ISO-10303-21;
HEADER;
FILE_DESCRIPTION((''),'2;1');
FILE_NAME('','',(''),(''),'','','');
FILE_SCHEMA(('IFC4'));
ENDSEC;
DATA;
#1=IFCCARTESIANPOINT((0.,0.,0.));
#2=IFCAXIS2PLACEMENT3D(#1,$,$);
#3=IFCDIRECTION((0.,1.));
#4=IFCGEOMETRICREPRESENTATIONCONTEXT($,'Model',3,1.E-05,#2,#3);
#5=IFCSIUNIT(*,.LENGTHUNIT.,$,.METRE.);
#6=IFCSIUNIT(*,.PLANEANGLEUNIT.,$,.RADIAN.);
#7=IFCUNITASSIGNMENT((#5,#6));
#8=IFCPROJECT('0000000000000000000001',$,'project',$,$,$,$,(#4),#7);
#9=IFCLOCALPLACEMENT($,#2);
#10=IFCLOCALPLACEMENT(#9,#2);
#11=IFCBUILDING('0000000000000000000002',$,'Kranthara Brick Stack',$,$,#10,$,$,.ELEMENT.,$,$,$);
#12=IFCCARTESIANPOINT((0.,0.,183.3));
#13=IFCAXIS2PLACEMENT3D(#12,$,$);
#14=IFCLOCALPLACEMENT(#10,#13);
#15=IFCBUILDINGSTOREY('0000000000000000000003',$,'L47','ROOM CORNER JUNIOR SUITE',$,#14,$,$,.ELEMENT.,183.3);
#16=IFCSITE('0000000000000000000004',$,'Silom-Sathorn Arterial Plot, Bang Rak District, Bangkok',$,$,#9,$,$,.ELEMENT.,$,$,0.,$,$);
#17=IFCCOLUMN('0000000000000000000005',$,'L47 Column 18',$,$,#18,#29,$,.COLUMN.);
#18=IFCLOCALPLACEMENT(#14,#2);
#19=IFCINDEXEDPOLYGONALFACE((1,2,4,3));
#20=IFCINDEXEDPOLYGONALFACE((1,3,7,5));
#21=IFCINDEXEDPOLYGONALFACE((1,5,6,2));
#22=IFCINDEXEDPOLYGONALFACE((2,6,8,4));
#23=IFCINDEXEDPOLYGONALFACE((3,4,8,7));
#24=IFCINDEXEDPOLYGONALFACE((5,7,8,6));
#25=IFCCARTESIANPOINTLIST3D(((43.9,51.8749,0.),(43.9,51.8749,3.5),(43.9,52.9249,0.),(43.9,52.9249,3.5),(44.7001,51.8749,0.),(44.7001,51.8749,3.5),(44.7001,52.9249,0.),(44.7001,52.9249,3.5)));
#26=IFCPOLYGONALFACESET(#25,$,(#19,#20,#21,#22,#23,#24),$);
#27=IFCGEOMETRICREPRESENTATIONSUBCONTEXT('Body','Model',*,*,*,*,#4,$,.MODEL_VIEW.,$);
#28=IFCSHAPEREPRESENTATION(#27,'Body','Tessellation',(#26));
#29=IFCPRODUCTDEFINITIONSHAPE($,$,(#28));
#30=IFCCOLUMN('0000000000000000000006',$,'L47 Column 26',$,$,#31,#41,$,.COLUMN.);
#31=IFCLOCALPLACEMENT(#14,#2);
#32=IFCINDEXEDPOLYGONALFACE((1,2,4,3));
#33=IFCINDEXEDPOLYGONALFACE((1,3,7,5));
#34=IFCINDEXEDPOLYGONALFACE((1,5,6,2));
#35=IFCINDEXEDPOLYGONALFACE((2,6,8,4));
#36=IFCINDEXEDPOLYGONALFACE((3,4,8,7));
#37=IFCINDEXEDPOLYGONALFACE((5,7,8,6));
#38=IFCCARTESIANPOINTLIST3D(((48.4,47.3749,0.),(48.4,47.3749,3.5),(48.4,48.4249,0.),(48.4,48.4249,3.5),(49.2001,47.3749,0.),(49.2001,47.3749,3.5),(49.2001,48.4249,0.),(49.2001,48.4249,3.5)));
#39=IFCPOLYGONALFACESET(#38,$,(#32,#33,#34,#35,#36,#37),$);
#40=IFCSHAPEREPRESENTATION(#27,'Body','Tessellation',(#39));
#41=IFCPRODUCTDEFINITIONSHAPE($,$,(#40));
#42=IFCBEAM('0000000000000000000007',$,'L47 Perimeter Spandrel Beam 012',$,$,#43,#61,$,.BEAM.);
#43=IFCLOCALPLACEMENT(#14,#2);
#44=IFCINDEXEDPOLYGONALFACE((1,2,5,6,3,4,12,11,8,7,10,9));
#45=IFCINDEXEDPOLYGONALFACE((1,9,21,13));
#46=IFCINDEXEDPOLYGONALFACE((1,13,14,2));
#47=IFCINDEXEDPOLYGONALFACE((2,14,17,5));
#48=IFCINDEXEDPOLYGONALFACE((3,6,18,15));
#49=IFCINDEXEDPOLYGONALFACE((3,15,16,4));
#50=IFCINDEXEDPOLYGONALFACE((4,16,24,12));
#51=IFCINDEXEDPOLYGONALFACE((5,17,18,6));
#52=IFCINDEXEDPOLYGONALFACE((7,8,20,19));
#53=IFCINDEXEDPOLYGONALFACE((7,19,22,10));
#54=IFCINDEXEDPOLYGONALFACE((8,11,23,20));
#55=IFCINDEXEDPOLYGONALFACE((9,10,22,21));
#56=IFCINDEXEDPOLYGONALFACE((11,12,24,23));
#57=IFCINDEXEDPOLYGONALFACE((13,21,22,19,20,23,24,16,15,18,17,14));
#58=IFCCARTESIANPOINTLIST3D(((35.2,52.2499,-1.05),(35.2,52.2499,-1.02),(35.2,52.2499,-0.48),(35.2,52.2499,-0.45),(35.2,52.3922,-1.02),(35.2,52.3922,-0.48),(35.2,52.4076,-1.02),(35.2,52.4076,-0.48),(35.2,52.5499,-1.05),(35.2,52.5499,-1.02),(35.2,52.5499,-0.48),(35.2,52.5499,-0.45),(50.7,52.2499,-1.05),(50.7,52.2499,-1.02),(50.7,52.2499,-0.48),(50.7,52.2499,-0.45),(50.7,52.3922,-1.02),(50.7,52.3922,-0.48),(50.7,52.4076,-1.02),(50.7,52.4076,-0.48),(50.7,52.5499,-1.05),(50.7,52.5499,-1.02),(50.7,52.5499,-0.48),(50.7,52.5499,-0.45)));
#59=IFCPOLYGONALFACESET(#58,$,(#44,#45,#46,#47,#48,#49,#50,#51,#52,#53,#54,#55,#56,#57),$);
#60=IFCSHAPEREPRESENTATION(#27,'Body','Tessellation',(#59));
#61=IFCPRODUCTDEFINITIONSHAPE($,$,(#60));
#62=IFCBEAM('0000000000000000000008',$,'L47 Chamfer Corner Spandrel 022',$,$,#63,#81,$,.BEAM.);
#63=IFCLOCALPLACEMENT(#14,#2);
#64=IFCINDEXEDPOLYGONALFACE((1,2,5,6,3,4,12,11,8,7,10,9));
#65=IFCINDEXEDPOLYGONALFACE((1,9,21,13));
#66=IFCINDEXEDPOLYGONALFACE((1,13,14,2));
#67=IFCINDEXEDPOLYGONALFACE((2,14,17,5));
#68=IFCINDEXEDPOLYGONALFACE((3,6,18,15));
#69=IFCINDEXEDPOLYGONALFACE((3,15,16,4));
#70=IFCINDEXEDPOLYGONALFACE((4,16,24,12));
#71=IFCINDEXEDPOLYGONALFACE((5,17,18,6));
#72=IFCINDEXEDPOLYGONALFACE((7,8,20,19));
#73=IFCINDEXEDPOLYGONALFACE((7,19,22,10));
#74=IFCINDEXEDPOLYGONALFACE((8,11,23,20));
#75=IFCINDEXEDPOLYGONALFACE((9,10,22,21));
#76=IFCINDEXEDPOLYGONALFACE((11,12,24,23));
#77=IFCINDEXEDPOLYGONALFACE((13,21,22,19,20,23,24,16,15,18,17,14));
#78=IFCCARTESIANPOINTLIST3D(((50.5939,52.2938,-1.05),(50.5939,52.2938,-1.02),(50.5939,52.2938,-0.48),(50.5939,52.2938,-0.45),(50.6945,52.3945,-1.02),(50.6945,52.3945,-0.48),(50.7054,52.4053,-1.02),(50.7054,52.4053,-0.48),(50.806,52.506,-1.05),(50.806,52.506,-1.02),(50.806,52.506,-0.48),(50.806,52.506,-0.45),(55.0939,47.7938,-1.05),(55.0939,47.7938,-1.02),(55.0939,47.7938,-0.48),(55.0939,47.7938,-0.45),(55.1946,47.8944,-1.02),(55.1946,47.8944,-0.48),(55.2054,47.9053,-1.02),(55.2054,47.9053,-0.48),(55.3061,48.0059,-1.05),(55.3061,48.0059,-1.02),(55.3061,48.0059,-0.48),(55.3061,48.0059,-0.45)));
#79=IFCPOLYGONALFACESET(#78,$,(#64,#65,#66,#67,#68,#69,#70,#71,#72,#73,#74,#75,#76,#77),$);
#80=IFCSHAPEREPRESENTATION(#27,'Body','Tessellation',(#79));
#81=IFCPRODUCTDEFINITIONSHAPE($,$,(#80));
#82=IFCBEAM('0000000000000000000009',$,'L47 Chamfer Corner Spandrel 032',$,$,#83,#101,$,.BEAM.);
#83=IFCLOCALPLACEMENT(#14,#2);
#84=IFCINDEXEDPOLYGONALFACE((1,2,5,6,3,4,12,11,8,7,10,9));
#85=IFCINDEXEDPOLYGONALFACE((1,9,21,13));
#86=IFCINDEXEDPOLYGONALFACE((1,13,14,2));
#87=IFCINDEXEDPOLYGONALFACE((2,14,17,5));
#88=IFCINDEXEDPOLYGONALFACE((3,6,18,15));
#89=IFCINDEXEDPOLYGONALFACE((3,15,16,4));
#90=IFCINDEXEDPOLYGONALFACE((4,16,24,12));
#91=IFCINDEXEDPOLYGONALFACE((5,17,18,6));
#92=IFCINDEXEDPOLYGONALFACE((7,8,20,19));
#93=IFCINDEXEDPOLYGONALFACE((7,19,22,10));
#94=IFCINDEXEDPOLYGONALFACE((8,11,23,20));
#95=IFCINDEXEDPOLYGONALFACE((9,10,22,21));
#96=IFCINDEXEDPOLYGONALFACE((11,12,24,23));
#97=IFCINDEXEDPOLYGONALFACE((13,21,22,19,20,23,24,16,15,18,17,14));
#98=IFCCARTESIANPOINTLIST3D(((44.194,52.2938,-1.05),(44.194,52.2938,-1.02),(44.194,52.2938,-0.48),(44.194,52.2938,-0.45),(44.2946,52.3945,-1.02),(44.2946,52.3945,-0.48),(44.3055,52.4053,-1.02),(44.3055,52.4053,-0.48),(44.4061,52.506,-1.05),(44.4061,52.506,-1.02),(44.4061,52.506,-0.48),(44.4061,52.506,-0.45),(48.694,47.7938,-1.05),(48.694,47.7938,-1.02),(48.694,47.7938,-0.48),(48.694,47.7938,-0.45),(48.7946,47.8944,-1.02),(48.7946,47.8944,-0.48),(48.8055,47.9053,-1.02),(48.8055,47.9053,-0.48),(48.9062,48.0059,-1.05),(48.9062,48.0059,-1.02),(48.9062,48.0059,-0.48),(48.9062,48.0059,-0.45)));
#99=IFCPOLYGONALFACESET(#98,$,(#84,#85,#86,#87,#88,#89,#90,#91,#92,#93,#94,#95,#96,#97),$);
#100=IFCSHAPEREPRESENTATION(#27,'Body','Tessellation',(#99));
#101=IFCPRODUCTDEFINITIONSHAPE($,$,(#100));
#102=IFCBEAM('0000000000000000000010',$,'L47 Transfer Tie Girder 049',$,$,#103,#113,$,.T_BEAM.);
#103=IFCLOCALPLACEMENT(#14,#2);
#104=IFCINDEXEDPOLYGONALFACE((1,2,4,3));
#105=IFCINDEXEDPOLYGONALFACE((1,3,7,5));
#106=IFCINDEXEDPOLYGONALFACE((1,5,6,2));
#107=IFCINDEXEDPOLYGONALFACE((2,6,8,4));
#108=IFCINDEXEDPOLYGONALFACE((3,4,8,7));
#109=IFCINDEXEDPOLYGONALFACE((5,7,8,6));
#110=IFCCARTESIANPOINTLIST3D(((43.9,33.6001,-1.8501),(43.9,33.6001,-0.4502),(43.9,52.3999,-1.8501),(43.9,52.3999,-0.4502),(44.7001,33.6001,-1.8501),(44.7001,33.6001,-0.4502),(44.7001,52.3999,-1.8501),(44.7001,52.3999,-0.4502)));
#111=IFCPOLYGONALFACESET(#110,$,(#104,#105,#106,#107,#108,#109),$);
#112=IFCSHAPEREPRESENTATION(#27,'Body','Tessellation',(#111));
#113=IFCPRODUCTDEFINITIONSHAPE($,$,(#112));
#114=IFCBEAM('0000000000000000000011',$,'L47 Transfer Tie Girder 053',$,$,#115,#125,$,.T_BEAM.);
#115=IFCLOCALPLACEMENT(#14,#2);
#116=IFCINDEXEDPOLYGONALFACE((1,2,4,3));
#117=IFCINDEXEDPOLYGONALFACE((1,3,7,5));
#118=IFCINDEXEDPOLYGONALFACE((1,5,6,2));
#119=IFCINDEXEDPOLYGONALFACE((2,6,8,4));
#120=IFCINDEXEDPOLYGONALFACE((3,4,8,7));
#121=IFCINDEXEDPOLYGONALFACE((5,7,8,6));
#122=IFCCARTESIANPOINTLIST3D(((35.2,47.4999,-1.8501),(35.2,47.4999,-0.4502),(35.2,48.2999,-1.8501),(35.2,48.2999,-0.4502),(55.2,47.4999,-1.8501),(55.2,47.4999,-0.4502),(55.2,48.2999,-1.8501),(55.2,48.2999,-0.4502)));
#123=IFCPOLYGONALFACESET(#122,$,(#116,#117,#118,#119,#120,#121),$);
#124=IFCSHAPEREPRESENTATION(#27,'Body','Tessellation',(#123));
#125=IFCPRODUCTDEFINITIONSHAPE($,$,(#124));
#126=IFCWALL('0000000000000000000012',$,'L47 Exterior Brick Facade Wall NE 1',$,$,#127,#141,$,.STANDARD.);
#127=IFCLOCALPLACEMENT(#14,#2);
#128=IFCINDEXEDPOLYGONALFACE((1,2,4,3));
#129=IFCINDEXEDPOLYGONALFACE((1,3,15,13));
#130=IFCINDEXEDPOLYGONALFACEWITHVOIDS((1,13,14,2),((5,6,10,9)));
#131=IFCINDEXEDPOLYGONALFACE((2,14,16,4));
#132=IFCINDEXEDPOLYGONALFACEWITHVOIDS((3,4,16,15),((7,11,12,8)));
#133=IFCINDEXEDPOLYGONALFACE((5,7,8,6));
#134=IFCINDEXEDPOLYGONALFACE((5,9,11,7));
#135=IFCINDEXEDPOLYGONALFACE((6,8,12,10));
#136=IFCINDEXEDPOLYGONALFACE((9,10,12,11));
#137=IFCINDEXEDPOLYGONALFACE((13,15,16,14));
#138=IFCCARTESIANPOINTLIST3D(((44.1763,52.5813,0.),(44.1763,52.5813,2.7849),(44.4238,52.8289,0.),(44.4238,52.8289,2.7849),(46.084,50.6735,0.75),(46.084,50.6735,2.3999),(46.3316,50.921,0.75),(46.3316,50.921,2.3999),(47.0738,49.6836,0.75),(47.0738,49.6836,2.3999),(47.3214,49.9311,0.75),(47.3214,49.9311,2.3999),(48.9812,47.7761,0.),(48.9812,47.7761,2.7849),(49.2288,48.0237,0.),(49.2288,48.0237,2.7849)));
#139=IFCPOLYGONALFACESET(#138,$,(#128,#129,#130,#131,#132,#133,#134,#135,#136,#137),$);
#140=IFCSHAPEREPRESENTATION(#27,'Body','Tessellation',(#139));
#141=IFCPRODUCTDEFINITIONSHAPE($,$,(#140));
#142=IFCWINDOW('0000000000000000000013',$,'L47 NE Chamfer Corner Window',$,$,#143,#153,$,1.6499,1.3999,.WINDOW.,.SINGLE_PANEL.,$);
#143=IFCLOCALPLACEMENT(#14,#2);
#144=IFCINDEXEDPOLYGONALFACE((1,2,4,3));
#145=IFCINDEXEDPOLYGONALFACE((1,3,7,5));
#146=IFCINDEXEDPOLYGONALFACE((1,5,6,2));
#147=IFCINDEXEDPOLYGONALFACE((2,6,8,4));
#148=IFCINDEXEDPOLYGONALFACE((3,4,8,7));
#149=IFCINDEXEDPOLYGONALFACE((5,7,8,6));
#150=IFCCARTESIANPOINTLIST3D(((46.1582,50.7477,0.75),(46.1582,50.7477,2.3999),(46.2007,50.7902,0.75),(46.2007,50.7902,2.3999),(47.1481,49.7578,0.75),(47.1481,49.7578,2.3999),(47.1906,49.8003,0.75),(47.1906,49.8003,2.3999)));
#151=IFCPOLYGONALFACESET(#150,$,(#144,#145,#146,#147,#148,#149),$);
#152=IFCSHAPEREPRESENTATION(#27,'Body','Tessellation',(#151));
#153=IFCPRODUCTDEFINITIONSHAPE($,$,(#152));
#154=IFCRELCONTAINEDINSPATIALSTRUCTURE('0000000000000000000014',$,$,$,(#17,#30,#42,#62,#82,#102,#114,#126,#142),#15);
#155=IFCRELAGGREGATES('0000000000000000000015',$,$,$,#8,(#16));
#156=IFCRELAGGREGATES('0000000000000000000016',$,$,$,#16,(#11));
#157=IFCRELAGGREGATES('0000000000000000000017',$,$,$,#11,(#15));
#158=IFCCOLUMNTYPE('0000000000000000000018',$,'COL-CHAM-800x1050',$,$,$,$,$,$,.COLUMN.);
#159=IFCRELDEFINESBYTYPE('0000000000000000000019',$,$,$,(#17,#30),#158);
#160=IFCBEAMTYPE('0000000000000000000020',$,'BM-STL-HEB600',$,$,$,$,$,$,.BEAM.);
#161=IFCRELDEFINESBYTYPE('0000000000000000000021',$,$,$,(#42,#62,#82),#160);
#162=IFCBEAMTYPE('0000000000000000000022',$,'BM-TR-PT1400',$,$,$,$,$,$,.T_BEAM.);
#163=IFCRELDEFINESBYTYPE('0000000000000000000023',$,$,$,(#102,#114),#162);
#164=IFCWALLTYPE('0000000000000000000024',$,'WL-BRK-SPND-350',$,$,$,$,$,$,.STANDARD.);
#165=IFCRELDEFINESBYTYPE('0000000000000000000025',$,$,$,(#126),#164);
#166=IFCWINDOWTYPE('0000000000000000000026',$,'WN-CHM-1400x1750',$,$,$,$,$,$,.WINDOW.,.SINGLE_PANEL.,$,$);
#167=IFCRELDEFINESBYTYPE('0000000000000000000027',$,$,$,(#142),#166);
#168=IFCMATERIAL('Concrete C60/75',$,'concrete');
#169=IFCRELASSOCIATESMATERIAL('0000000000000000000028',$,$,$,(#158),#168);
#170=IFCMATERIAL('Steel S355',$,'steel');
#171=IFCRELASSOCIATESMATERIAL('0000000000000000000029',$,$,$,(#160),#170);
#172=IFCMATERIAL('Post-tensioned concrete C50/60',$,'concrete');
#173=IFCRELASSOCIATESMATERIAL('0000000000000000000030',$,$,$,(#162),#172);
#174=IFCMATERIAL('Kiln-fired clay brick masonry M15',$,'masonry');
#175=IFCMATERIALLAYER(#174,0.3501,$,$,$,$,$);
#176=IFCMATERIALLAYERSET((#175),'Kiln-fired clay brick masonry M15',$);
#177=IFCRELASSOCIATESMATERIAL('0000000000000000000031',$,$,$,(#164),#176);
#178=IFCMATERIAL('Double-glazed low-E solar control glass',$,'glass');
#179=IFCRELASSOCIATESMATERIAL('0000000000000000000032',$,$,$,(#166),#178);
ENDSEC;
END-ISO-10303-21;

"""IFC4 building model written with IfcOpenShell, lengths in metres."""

from ifc_helpers import new_model, si_unit, direction, frame, frame_2d, origin, origin_2d, place, context, subcontext, project, spatial, rectangle, i_section, extrude, material, layer, layer_set, material_profile, profile_set, type_object, element, fill, save


model = new_model("IFC4")

# Units and contexts
model_context = context("Model", 3, precision=1e-05, world=origin(), true_north=direction((0.0, 1.0)))
body_context = subcontext(model_context, "Body", "Model", "MODEL_VIEW")
ifc_project = project(units=[si_unit("LENGTHUNIT", "METRE"), si_unit("PLANEANGLEUNIT", "RADIAN")], contexts=[model_context])

# Site, building, storey
site_placement = place(None, origin())
site = spatial("IfcSite", under=ifc_project, at=site_placement, Name="Silom-Sathorn Arterial Plot, Bang Rak District, Bangkok", CompositionType="ELEMENT", RefElevation=0.0)
building_placement = place(site_placement, origin())
building = spatial("IfcBuilding", under=site, at=building_placement, Name="Kranthara Brick Stack", CompositionType="ELEMENT")
storey_placement = place(building_placement, frame((0.0, 0.0, 183.3)))
storey = spatial("IfcBuildingStorey", under=building, at=storey_placement, Name="L47", Description="ROOM CORNER JUNIOR SUITE", CompositionType="ELEMENT", Elevation=183.3)

# Columns
ifc_material_1 = material(Name="Concrete C60/75", Category="concrete")
ifc_material_profile_1 = material_profile(ifc_material_1, rectangle(XDim=0.8, YDim=1.05, at=origin_2d()), Name="RC 800x1050")
ifc_profile_set_1 = profile_set([ifc_material_profile_1], Name="Concrete C60/75")
column_type = type_object("IfcColumnType", Name="COL-CHAM-800x1050", PredefinedType="COLUMN", material=ifc_profile_set_1)
for number, where, z_axis, x_axis, name in (
    (1, (44.3, 52.3999, 0.0), (0.0, 0.0, 1.0), (1.0, 0.0, 0.0), "L47 Column 18"),
    (2, (48.8, 47.8999, 0.0), (0.0, 0.0, 1.0), (1.0, 0.0, 0.0), "L47 Column 26"),
):
    element("IfcColumn", number, at=place(storey_placement, frame(where, z_axis=z_axis, x_axis=x_axis)), inside=storey, type_object=column_type, Name=name, PredefinedType="COLUMN", context=body_context, shape_type="SweptSolid", body=[
        extrude(rectangle(XDim=0.8, YDim=1.05, at=origin_2d()), origin(), (0.0, 0.0, 1.0), 3.5),
    ])

# Beams
ifc_material_2 = material(Name="Steel S355", Category="steel")
ifc_material_profile_2 = material_profile(ifc_material_2, i_section(OverallWidth=0.3, OverallDepth=0.6001, WebThickness=0.0154, FlangeThickness=0.03, at=origin_2d()), Name="HEB 600")
ifc_profile_set_2 = profile_set([ifc_material_profile_2], Name="Steel S355")
beam_type_1 = type_object("IfcBeamType", Name="BM-STL-HEB600", PredefinedType="BEAM", material=ifc_profile_set_2)
beam_1_placement = place(storey_placement, frame((35.2, 52.3999, -0.75), z_axis=(1.0, 0.0, 0.0), x_axis=(0.0, 1.0, 0.0)))
element("IfcBeam", 3, at=beam_1_placement, inside=storey, type_object=beam_type_1, Name="L47 Perimeter Spandrel Beam 012", PredefinedType="BEAM", context=body_context, shape_type="SweptSolid", body=[
    extrude(i_section(OverallWidth=0.3, OverallDepth=0.6001, WebThickness=0.0154, FlangeThickness=0.03, at=origin_2d()), origin(), (0.0, 0.0, 1.0), 15.5),
])
for number, where, z_axis, x_axis, name in (
    (4, (50.7, 52.3999, -0.75), (0.707107, -0.707107, 0.0), (0.707107, 0.707107, 0.0), "L47 Chamfer Corner Spandrel 022"),
    (5, (44.3, 52.3999, -0.75), (0.707107, -0.707107, 0.0), (0.707107, 0.707107, 0.0), "L47 Chamfer Corner Spandrel 032"),
):
    element("IfcBeam", number, at=place(storey_placement, frame(where, z_axis=z_axis, x_axis=x_axis)), inside=storey, type_object=beam_type_1, Name=name, PredefinedType="BEAM", context=body_context, shape_type="SweptSolid", body=[
        extrude(i_section(OverallWidth=0.3, OverallDepth=0.6001, WebThickness=0.0154, FlangeThickness=0.03, at=origin_2d()), origin(), (0.0, 0.0, 1.0), 6.364),
    ])
ifc_material_3 = material(Name="Post-tensioned concrete C50/60", Category="concrete")
ifc_material_profile_3 = material_profile(ifc_material_3, rectangle(XDim=0.8, YDim=1.3999, at=origin_2d()), Name="PT 800x1400")
ifc_profile_set_3 = profile_set([ifc_material_profile_3], Name="Post-tensioned concrete C50/60")
beam_type_2 = type_object("IfcBeamType", Name="BM-TR-PT1400", PredefinedType="T_BEAM", material=ifc_profile_set_3)
beam_2_placement = place(storey_placement, frame((44.3, 52.3999, -1.1501), z_axis=(0.0, -1.0, 0.0), x_axis=(1.0, 0.0, 0.0)))
element("IfcBeam", 6, at=beam_2_placement, inside=storey, type_object=beam_type_2, Name="L47 Transfer Tie Girder 049", PredefinedType="T_BEAM", context=body_context, shape_type="SweptSolid", body=[
    extrude(rectangle(XDim=0.8, YDim=1.3999, at=origin_2d()), origin(), (0.0, 0.0, 1.0), 18.7998),
])
beam_3_placement = place(storey_placement, frame((55.2, 47.8999, -1.1501), z_axis=(-1.0, 0.0, 0.0), x_axis=(0.0, -1.0, 0.0)))
element("IfcBeam", 7, at=beam_3_placement, inside=storey, type_object=beam_type_2, Name="L47 Transfer Tie Girder 053", PredefinedType="T_BEAM", context=body_context, shape_type="SweptSolid", body=[
    extrude(rectangle(XDim=0.8, YDim=1.3999, at=origin_2d()), origin(), (0.0, 0.0, 1.0), 20.0),
])

# Wall, opening, window
ifc_material_4 = material(Name="Kiln-fired clay brick masonry M15", Category="masonry")
ifc_layer_1 = layer(ifc_material_4, 0.3501)
ifc_layer_set_1 = layer_set([ifc_layer_1], Name="Kiln-fired clay brick masonry M15")
wall_type_1 = type_object("IfcWallType", Name="WL-BRK-SPND-350", PredefinedType="STANDARD", material=ifc_layer_set_1)
wall_1_placement = place(storey_placement, frame((44.3, 52.7051, 0.0), z_axis=(0.0, 0.0, 1.0), x_axis=(0.707089, -0.707125, 0.0)))
wall_1 = element("IfcWall", 8, at=wall_1_placement, inside=storey, type_object=wall_type_1, Name="L47 Exterior Brick Facade Wall NE 1", PredefinedType="STANDARD", context=body_context, shape_type="SweptSolid", body=[
    extrude(rectangle(XDim=6.7954, YDim=0.3501, at=frame_2d((3.3977, 0.0))), origin(), (0.0, 0.0, 1.0), 2.7849),
])
opening_1_placement = place(wall_1_placement, frame((2.698, 0.0, 0.75)))
opening_1 = element("IfcOpeningElement", 9, at=opening_1_placement, cuts=wall_1, PredefinedType="OPENING", context=body_context, shape_type="SweptSolid", body=[
    extrude(rectangle(XDim=1.3999, YDim=1.6499, at=frame_2d((0.7, 0.825))), frame((0.0, 0.1851, 0.0), z_axis=(0.0, -1.0, 0.0), x_axis=(1.0, 0.0, 0.0)), (0.0, 0.0, 1.0), 0.3701),
])
ifc_material_5 = material(Name="Double-glazed low-E solar control glass", Category="glass")
window_type_1 = type_object("IfcWindowType", Name="WN-CHM-1400x1750", PartitioningType="SINGLE_PANEL", PredefinedType="WINDOW", material=ifc_material_5)
window_1_placement = place(opening_1_placement, origin())
window_1 = element("IfcWindow", 10, at=window_1_placement, inside=storey, type_object=window_type_1, Name="L47 NE Chamfer Corner Window", OverallHeight=1.6499, OverallWidth=1.3999, PartitioningType="SINGLE_PANEL", PredefinedType="WINDOW", context=body_context, shape_type="SweptSolid", body=[
    extrude(rectangle(XDim=1.3999, YDim=1.6499, at=frame_2d((0.7, 0.825))), frame((0.0, -0.01, 0.0), z_axis=(0.0, -1.0, 0.0), x_axis=(1.0, 0.0, 0.0)), (0.0, 0.0, 1.0), 0.0601),
])
fill(opening_1, window_1)

save(model, "model.ifc")
